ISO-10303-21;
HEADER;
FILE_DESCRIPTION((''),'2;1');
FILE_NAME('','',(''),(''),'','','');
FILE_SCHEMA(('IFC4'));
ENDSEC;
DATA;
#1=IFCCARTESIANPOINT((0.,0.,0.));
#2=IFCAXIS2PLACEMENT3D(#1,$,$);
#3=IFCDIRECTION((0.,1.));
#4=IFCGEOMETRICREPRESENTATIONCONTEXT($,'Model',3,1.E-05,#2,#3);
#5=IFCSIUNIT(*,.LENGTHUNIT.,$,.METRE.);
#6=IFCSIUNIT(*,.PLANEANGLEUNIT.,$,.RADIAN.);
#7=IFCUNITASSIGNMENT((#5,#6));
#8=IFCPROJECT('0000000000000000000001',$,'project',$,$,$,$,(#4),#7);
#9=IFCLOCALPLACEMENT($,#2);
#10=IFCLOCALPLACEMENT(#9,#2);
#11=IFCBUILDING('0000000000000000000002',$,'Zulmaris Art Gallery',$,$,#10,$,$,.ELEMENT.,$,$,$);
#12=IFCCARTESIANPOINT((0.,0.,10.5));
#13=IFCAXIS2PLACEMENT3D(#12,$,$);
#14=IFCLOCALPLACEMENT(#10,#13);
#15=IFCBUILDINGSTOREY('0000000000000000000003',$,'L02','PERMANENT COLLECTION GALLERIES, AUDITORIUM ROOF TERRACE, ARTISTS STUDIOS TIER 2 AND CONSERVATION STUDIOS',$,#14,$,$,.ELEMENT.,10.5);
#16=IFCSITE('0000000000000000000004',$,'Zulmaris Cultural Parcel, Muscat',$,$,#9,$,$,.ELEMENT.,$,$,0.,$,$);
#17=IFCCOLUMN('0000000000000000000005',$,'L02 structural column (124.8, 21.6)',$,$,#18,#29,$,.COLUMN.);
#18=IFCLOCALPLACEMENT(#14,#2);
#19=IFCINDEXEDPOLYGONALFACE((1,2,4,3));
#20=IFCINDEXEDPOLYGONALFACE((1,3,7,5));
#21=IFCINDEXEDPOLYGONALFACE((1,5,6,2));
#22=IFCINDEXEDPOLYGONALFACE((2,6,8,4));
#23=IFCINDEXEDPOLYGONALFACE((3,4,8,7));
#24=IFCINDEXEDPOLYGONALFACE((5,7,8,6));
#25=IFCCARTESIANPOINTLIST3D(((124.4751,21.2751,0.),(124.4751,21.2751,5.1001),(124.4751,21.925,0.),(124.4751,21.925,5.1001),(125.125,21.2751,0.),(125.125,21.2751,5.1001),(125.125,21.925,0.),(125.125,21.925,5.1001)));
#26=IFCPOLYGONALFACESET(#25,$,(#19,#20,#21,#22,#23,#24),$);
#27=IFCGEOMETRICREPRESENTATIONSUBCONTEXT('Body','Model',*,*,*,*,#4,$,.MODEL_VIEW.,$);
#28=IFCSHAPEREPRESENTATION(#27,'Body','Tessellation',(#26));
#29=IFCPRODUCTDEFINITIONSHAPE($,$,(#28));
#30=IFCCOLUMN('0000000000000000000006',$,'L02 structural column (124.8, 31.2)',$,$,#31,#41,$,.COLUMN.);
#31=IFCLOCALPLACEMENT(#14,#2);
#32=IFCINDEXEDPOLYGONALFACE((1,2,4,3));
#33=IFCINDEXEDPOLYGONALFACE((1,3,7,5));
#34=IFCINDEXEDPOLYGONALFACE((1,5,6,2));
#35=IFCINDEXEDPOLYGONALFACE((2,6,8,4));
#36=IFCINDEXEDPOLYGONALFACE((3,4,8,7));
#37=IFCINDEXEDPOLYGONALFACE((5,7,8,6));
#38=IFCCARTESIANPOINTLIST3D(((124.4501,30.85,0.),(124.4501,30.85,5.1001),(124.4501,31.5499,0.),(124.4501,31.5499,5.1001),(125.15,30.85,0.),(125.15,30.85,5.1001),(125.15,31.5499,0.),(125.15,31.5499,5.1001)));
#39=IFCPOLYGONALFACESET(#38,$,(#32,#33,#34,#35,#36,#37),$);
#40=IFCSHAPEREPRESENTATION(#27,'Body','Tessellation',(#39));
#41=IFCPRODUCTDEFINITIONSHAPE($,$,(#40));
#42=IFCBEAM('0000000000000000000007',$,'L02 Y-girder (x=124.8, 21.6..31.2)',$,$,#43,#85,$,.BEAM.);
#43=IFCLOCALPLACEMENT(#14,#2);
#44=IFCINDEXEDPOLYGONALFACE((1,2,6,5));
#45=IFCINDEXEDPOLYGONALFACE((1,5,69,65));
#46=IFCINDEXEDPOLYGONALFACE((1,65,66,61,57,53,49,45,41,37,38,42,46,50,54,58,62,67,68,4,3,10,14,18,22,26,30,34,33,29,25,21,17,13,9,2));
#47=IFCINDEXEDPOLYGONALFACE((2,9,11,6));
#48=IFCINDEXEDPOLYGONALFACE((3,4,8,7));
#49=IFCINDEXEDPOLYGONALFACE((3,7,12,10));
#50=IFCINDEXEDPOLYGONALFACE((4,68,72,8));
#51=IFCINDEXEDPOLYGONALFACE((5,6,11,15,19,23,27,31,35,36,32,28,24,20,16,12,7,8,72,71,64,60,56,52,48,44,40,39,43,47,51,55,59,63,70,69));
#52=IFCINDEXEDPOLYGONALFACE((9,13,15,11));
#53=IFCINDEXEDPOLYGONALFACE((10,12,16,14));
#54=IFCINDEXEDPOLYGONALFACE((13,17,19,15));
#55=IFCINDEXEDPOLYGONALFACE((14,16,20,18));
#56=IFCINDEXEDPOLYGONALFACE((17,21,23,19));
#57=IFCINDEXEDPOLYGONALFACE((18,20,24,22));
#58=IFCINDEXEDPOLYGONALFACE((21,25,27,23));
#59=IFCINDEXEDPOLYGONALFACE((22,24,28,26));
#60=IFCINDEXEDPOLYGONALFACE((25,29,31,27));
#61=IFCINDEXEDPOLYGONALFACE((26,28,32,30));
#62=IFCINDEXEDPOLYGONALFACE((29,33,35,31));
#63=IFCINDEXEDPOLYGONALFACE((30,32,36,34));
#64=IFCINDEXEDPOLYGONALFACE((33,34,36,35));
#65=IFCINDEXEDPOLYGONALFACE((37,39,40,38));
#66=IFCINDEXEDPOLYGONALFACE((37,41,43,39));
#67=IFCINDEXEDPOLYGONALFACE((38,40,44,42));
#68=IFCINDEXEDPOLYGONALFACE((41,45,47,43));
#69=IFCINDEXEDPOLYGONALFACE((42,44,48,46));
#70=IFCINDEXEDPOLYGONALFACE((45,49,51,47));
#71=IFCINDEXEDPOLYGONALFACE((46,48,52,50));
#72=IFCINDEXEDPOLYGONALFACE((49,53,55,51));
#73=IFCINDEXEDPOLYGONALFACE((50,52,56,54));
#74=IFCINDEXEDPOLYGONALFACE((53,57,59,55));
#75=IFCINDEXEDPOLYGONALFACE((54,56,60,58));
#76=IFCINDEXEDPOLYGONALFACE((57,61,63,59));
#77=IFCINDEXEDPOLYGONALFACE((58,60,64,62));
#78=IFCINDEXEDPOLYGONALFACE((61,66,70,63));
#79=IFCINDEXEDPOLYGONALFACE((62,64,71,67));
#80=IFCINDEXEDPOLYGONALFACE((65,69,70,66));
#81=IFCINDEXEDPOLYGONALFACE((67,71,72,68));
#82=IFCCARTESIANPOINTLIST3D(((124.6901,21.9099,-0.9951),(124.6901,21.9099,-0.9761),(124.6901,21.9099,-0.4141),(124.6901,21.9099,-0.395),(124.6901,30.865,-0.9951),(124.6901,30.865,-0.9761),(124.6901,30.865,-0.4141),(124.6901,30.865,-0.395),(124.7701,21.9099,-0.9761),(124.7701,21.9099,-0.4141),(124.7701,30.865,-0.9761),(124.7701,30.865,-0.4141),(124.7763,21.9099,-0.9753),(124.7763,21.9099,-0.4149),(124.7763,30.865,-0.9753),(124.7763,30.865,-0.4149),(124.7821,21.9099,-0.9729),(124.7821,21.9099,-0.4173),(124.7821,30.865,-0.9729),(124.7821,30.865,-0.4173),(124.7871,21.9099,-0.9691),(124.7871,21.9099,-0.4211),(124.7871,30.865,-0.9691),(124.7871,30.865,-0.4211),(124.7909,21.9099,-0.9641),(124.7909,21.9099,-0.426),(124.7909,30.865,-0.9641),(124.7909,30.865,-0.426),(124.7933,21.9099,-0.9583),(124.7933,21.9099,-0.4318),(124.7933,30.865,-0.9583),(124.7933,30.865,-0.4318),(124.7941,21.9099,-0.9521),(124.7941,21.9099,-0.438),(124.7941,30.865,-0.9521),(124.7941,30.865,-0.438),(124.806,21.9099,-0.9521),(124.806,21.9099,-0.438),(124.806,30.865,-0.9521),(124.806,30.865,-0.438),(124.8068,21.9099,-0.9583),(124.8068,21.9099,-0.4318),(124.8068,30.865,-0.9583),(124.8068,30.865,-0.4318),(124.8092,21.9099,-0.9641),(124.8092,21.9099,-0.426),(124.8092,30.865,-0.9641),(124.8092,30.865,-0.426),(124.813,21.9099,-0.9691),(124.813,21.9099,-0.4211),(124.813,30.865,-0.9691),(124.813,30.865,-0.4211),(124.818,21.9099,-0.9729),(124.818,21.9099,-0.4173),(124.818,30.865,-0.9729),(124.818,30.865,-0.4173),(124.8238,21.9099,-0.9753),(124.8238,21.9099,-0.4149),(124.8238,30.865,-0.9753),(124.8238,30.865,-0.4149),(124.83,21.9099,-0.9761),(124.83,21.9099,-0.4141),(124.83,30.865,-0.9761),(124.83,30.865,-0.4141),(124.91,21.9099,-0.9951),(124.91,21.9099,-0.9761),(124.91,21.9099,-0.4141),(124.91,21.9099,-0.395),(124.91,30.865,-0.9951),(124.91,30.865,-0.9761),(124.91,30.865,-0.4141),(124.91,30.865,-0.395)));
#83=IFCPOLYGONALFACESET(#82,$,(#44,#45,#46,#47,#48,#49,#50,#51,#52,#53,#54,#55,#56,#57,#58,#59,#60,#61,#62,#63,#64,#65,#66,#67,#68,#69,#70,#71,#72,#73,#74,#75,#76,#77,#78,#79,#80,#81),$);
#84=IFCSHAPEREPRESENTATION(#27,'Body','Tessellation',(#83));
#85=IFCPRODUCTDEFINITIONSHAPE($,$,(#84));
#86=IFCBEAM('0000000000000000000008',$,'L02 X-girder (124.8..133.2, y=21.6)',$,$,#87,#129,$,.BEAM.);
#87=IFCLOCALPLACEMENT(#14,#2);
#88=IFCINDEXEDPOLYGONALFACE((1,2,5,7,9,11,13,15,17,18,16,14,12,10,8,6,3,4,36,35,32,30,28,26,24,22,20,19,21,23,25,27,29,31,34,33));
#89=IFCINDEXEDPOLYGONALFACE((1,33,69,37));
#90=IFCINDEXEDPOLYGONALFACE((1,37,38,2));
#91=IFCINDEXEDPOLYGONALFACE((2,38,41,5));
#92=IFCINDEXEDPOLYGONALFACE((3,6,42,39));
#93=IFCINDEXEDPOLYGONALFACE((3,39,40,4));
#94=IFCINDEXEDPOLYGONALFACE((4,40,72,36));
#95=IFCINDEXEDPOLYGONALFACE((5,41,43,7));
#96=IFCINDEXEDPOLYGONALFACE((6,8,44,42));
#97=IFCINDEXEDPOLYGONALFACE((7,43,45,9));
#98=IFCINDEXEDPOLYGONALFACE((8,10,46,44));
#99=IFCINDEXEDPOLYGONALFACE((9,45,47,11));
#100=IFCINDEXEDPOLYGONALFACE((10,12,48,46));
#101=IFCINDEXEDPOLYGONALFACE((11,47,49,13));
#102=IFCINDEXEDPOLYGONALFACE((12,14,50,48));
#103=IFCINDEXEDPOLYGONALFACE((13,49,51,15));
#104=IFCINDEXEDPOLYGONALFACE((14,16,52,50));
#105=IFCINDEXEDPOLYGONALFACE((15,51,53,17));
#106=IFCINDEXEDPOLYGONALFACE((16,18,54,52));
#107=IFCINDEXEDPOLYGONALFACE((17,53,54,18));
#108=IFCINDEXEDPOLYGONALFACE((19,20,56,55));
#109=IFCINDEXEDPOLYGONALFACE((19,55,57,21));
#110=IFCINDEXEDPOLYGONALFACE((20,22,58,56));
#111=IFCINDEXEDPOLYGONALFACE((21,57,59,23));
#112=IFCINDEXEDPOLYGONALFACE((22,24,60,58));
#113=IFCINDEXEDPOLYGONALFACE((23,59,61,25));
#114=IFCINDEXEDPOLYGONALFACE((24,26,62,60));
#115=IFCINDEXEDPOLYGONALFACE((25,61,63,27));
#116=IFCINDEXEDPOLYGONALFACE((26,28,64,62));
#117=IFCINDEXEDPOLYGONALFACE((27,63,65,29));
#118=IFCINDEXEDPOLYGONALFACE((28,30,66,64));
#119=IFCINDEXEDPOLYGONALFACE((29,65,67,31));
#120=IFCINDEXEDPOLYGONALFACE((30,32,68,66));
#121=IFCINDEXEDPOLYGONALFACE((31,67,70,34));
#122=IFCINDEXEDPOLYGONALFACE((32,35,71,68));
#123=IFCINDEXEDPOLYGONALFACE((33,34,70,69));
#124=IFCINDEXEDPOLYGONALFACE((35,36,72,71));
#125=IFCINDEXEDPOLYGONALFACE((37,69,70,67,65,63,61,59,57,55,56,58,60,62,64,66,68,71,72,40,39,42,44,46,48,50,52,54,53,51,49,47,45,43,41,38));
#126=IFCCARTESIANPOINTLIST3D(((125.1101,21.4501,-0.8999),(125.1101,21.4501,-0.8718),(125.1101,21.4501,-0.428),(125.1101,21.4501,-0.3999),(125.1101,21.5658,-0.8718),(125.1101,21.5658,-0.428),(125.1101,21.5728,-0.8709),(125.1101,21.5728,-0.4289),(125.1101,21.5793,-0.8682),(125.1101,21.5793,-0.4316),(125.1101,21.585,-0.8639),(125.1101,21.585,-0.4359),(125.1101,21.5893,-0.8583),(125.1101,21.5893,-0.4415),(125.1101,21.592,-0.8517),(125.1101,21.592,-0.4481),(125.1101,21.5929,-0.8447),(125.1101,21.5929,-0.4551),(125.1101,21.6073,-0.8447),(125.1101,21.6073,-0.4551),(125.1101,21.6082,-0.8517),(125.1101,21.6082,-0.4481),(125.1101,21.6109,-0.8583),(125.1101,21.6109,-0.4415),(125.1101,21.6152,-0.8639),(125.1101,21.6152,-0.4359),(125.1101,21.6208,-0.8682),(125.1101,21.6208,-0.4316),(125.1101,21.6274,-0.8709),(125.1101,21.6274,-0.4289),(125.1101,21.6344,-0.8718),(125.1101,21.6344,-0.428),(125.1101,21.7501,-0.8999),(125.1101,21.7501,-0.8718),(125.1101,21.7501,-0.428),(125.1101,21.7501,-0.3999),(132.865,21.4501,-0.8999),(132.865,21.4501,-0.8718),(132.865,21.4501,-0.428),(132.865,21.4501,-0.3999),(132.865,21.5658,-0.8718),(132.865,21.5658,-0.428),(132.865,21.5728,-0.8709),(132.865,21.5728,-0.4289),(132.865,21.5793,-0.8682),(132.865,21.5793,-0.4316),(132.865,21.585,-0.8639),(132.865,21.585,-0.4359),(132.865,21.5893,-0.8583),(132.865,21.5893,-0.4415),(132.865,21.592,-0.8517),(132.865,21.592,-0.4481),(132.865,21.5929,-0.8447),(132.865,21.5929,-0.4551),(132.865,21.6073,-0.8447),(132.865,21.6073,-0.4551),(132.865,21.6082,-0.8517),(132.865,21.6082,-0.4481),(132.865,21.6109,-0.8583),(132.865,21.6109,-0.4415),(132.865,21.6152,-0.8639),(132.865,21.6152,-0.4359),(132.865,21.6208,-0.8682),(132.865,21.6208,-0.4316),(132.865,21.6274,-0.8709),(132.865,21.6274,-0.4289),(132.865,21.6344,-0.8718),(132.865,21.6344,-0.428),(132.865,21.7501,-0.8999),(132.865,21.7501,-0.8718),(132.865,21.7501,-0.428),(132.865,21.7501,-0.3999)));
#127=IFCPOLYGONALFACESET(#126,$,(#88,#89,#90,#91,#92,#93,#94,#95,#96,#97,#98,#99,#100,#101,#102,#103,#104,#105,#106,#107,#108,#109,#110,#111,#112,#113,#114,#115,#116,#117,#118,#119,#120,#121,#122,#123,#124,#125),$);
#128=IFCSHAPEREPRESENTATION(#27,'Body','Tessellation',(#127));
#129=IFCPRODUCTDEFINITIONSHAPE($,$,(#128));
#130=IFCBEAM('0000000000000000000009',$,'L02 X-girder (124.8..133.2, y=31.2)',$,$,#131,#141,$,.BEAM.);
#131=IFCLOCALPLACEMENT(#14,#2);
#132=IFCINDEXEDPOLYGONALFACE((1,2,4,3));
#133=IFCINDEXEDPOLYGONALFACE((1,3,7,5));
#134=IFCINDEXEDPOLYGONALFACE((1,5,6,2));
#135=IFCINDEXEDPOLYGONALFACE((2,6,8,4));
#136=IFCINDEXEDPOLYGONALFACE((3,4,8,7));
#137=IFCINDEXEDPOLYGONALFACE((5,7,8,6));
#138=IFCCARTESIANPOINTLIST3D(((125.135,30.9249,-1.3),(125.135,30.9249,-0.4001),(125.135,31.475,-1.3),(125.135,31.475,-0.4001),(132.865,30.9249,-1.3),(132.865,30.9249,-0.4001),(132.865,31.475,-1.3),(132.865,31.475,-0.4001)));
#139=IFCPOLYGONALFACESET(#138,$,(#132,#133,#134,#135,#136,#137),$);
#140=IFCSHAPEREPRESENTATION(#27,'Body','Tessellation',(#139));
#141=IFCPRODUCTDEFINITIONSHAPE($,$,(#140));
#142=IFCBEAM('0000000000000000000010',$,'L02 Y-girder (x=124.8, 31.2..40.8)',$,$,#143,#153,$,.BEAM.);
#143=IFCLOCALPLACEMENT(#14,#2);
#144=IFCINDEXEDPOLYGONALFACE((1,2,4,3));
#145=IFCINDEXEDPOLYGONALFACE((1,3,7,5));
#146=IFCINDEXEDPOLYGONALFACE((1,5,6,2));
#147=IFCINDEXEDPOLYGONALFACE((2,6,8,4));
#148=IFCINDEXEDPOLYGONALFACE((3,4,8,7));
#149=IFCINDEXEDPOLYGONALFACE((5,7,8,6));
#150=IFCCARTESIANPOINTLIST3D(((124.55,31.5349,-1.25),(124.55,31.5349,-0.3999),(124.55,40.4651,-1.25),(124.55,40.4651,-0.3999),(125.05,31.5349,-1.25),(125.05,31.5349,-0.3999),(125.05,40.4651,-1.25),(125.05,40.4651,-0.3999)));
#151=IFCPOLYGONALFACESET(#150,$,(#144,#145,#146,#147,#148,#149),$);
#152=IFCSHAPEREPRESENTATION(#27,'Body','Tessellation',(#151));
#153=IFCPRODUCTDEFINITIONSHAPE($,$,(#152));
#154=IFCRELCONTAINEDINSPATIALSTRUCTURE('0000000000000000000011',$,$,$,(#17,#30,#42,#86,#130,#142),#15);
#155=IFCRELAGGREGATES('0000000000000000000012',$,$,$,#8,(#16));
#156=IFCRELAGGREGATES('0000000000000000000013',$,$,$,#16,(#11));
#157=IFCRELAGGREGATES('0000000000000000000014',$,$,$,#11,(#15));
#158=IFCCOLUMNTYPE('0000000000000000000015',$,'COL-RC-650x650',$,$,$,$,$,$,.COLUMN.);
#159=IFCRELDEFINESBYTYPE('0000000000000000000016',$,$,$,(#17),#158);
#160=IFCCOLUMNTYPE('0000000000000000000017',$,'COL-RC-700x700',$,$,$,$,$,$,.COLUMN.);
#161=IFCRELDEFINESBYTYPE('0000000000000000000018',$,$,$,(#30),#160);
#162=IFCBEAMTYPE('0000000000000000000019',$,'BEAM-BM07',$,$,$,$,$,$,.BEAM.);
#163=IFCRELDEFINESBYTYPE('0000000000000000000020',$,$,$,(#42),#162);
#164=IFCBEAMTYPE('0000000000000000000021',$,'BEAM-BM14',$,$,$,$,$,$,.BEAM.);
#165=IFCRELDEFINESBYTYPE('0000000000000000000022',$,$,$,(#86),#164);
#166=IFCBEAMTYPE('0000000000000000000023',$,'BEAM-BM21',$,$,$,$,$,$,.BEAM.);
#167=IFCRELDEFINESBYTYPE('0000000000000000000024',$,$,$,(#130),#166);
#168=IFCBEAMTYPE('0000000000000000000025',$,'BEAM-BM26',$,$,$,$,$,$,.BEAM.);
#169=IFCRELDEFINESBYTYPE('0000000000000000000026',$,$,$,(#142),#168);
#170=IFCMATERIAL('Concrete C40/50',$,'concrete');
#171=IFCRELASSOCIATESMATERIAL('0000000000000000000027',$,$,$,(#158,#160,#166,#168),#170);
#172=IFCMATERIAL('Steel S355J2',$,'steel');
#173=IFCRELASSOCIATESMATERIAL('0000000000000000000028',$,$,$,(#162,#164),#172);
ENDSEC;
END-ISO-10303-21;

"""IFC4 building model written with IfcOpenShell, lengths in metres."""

from ifc_helpers import new_model, si_unit, direction, frame, origin, origin_2d, place, context, subcontext, project, spatial, rectangle, i_section, extrude, material, material_profile, profile_set, type_object, element, save


model = new_model("IFC4")

# Units and contexts
model_context = context("Model", 3, precision=1e-05, world=origin(), true_north=direction((0.0, 1.0)))
body_context = subcontext(model_context, "Body", "Model", "MODEL_VIEW")
ifc_project = project(units=[si_unit("LENGTHUNIT", "METRE"), si_unit("PLANEANGLEUNIT", "RADIAN")], contexts=[model_context])

# Site, building, storey
site_placement = place(None, origin())
site = spatial("IfcSite", under=ifc_project, at=site_placement, Name="Zulmaris Cultural Parcel, Muscat", CompositionType="ELEMENT", RefElevation=0.0)
building_placement = place(site_placement, origin())
building = spatial("IfcBuilding", under=site, at=building_placement, Name="Zulmaris Art Gallery", CompositionType="ELEMENT")
storey_placement = place(building_placement, frame((0.0, 0.0, 10.5)))
storey = spatial("IfcBuildingStorey", under=building, at=storey_placement, Name="L02", Description="PERMANENT COLLECTION GALLERIES, AUDITORIUM ROOF TERRACE, ARTISTS STUDIOS TIER 2 AND CONSERVATION STUDIOS", CompositionType="ELEMENT", Elevation=10.5)

# Columns
ifc_material_1 = material(Name="Concrete C40/50", Category="concrete")
ifc_material_profile_1 = material_profile(ifc_material_1, rectangle(XDim=0.6499, YDim=0.6499, at=origin_2d()), Name="RC 650x650")
ifc_profile_set_1 = profile_set([ifc_material_profile_1], Name="Concrete C40/50")
column_type_1 = type_object("IfcColumnType", Name="COL-RC-650x650", PredefinedType="COLUMN", material=ifc_profile_set_1)
column_1_placement = place(storey_placement, frame((124.8, 21.6001, 0.0), z_axis=(0.0, 0.0, 1.0), x_axis=(1.0, 0.0, 0.0)))
element("IfcColumn", 1, at=column_1_placement, inside=storey, type_object=column_type_1, Name="L02 structural column (124.8, 21.6)", PredefinedType="COLUMN", context=body_context, shape_type="SweptSolid", body=[
    extrude(rectangle(XDim=0.6499, YDim=0.6499, at=origin_2d()), origin(), (0.0, 0.0, 1.0), 5.1001),
])
ifc_material_profile_2 = material_profile(ifc_material_1, rectangle(XDim=0.7, YDim=0.7, at=origin_2d()), Name="RC 700x700")
ifc_profile_set_2 = profile_set([ifc_material_profile_2], Name="Concrete C40/50")
column_type_2 = type_object("IfcColumnType", Name="COL-RC-700x700", PredefinedType="COLUMN", material=ifc_profile_set_2)
column_2_placement = place(storey_placement, frame((124.8, 31.2, 0.0), z_axis=(0.0, 0.0, 1.0), x_axis=(1.0, 0.0, 0.0)))
element("IfcColumn", 2, at=column_2_placement, inside=storey, type_object=column_type_2, Name="L02 structural column (124.8, 31.2)", PredefinedType="COLUMN", context=body_context, shape_type="SweptSolid", body=[
    extrude(rectangle(XDim=0.7, YDim=0.7, at=origin_2d()), origin(), (0.0, 0.0, 1.0), 5.1001),
])

# Beams
ifc_material_2 = material(Name="Steel S355J2", Category="steel")
ifc_material_profile_3 = material_profile(ifc_material_2, i_section(OverallWidth=0.22, OverallDepth=0.6001, WebThickness=0.012, FlangeThickness=0.019, FilletRadius=0.0239, at=origin_2d()), Name="IPE 600")
ifc_profile_set_3 = profile_set([ifc_material_profile_3], Name="Steel S355J2")
beam_type_1 = type_object("IfcBeamType", Name="BEAM-BM07", PredefinedType="BEAM", material=ifc_profile_set_3)
beam_1_placement = place(storey_placement, frame((124.8, 21.9099, -0.6951), z_axis=(0.0, 1.0, 0.0), x_axis=(-1.0, 0.0, 0.0)))
element("IfcBeam", 3, at=beam_1_placement, inside=storey, type_object=beam_type_1, Name="L02 Y-girder (x=124.8, 21.6..31.2)", PredefinedType="BEAM", context=body_context, shape_type="SweptSolid", body=[
    extrude(i_section(OverallWidth=0.22, OverallDepth=0.6001, WebThickness=0.012, FlangeThickness=0.019, FilletRadius=0.0239, at=origin_2d()), origin(), (0.0, 0.0, 1.0), 8.9551),
])
ifc_material_profile_4 = material_profile(ifc_material_2, i_section(OverallWidth=0.3, OverallDepth=0.5, WebThickness=0.0144, FlangeThickness=0.0281, FilletRadius=0.0271, at=origin_2d()), Name="HEB 500")
ifc_profile_set_4 = profile_set([ifc_material_profile_4], Name="Steel S355J2")
beam_type_2 = type_object("IfcBeamType", Name="BEAM-BM14", PredefinedType="BEAM", material=ifc_profile_set_4)
beam_2_placement = place(storey_placement, frame((125.1101, 21.6001, -0.6499), z_axis=(1.0, 0.0, 0.0), x_axis=(0.0, 1.0, 0.0)))
element("IfcBeam", 4, at=beam_2_placement, inside=storey, type_object=beam_type_2, Name="L02 X-girder (124.8..133.2, y=21.6)", PredefinedType="BEAM", context=body_context, shape_type="SweptSolid", body=[
    extrude(i_section(OverallWidth=0.3, OverallDepth=0.5, WebThickness=0.0144, FlangeThickness=0.0281, FilletRadius=0.0271, at=origin_2d()), origin(), (0.0, 0.0, 1.0), 7.7549),
])
ifc_material_profile_5 = material_profile(ifc_material_1, rectangle(XDim=0.55, YDim=0.8999, at=origin_2d()), Name="RC 550x900")
ifc_profile_set_5 = profile_set([ifc_material_profile_5], Name="Concrete C40/50")
beam_type_3 = type_object("IfcBeamType", Name="BEAM-BM21", PredefinedType="BEAM", material=ifc_profile_set_5)
beam_3_placement = place(storey_placement, frame((125.135, 31.2, -0.8501), z_axis=(1.0, 0.0, 0.0), x_axis=(0.0, 1.0, 0.0)))
element("IfcBeam", 5, at=beam_3_placement, inside=storey, type_object=beam_type_3, Name="L02 X-girder (124.8..133.2, y=31.2)", PredefinedType="BEAM", context=body_context, shape_type="SweptSolid", body=[
    extrude(rectangle(XDim=0.55, YDim=0.8999, at=origin_2d()), origin(), (0.0, 0.0, 1.0), 7.73),
])
ifc_material_profile_6 = material_profile(ifc_material_1, rectangle(XDim=0.5, YDim=0.8501, at=origin_2d()), Name="RC 500x850")
ifc_profile_set_6 = profile_set([ifc_material_profile_6], Name="Concrete C40/50")
beam_type_4 = type_object("IfcBeamType", Name="BEAM-BM26", PredefinedType="BEAM", material=ifc_profile_set_6)
beam_4_placement = place(storey_placement, frame((124.8, 31.5349, -0.825), z_axis=(0.0, 1.0, 0.0), x_axis=(-1.0, 0.0, 0.0)))
element("IfcBeam", 6, at=beam_4_placement, inside=storey, type_object=beam_type_4, Name="L02 Y-girder (x=124.8, 31.2..40.8)", PredefinedType="BEAM", context=body_context, shape_type="SweptSolid", body=[
    extrude(rectangle(XDim=0.5, YDim=0.8501, at=origin_2d()), origin(), (0.0, 0.0, 1.0), 8.9302),
])

save(model, "model.ifc")
